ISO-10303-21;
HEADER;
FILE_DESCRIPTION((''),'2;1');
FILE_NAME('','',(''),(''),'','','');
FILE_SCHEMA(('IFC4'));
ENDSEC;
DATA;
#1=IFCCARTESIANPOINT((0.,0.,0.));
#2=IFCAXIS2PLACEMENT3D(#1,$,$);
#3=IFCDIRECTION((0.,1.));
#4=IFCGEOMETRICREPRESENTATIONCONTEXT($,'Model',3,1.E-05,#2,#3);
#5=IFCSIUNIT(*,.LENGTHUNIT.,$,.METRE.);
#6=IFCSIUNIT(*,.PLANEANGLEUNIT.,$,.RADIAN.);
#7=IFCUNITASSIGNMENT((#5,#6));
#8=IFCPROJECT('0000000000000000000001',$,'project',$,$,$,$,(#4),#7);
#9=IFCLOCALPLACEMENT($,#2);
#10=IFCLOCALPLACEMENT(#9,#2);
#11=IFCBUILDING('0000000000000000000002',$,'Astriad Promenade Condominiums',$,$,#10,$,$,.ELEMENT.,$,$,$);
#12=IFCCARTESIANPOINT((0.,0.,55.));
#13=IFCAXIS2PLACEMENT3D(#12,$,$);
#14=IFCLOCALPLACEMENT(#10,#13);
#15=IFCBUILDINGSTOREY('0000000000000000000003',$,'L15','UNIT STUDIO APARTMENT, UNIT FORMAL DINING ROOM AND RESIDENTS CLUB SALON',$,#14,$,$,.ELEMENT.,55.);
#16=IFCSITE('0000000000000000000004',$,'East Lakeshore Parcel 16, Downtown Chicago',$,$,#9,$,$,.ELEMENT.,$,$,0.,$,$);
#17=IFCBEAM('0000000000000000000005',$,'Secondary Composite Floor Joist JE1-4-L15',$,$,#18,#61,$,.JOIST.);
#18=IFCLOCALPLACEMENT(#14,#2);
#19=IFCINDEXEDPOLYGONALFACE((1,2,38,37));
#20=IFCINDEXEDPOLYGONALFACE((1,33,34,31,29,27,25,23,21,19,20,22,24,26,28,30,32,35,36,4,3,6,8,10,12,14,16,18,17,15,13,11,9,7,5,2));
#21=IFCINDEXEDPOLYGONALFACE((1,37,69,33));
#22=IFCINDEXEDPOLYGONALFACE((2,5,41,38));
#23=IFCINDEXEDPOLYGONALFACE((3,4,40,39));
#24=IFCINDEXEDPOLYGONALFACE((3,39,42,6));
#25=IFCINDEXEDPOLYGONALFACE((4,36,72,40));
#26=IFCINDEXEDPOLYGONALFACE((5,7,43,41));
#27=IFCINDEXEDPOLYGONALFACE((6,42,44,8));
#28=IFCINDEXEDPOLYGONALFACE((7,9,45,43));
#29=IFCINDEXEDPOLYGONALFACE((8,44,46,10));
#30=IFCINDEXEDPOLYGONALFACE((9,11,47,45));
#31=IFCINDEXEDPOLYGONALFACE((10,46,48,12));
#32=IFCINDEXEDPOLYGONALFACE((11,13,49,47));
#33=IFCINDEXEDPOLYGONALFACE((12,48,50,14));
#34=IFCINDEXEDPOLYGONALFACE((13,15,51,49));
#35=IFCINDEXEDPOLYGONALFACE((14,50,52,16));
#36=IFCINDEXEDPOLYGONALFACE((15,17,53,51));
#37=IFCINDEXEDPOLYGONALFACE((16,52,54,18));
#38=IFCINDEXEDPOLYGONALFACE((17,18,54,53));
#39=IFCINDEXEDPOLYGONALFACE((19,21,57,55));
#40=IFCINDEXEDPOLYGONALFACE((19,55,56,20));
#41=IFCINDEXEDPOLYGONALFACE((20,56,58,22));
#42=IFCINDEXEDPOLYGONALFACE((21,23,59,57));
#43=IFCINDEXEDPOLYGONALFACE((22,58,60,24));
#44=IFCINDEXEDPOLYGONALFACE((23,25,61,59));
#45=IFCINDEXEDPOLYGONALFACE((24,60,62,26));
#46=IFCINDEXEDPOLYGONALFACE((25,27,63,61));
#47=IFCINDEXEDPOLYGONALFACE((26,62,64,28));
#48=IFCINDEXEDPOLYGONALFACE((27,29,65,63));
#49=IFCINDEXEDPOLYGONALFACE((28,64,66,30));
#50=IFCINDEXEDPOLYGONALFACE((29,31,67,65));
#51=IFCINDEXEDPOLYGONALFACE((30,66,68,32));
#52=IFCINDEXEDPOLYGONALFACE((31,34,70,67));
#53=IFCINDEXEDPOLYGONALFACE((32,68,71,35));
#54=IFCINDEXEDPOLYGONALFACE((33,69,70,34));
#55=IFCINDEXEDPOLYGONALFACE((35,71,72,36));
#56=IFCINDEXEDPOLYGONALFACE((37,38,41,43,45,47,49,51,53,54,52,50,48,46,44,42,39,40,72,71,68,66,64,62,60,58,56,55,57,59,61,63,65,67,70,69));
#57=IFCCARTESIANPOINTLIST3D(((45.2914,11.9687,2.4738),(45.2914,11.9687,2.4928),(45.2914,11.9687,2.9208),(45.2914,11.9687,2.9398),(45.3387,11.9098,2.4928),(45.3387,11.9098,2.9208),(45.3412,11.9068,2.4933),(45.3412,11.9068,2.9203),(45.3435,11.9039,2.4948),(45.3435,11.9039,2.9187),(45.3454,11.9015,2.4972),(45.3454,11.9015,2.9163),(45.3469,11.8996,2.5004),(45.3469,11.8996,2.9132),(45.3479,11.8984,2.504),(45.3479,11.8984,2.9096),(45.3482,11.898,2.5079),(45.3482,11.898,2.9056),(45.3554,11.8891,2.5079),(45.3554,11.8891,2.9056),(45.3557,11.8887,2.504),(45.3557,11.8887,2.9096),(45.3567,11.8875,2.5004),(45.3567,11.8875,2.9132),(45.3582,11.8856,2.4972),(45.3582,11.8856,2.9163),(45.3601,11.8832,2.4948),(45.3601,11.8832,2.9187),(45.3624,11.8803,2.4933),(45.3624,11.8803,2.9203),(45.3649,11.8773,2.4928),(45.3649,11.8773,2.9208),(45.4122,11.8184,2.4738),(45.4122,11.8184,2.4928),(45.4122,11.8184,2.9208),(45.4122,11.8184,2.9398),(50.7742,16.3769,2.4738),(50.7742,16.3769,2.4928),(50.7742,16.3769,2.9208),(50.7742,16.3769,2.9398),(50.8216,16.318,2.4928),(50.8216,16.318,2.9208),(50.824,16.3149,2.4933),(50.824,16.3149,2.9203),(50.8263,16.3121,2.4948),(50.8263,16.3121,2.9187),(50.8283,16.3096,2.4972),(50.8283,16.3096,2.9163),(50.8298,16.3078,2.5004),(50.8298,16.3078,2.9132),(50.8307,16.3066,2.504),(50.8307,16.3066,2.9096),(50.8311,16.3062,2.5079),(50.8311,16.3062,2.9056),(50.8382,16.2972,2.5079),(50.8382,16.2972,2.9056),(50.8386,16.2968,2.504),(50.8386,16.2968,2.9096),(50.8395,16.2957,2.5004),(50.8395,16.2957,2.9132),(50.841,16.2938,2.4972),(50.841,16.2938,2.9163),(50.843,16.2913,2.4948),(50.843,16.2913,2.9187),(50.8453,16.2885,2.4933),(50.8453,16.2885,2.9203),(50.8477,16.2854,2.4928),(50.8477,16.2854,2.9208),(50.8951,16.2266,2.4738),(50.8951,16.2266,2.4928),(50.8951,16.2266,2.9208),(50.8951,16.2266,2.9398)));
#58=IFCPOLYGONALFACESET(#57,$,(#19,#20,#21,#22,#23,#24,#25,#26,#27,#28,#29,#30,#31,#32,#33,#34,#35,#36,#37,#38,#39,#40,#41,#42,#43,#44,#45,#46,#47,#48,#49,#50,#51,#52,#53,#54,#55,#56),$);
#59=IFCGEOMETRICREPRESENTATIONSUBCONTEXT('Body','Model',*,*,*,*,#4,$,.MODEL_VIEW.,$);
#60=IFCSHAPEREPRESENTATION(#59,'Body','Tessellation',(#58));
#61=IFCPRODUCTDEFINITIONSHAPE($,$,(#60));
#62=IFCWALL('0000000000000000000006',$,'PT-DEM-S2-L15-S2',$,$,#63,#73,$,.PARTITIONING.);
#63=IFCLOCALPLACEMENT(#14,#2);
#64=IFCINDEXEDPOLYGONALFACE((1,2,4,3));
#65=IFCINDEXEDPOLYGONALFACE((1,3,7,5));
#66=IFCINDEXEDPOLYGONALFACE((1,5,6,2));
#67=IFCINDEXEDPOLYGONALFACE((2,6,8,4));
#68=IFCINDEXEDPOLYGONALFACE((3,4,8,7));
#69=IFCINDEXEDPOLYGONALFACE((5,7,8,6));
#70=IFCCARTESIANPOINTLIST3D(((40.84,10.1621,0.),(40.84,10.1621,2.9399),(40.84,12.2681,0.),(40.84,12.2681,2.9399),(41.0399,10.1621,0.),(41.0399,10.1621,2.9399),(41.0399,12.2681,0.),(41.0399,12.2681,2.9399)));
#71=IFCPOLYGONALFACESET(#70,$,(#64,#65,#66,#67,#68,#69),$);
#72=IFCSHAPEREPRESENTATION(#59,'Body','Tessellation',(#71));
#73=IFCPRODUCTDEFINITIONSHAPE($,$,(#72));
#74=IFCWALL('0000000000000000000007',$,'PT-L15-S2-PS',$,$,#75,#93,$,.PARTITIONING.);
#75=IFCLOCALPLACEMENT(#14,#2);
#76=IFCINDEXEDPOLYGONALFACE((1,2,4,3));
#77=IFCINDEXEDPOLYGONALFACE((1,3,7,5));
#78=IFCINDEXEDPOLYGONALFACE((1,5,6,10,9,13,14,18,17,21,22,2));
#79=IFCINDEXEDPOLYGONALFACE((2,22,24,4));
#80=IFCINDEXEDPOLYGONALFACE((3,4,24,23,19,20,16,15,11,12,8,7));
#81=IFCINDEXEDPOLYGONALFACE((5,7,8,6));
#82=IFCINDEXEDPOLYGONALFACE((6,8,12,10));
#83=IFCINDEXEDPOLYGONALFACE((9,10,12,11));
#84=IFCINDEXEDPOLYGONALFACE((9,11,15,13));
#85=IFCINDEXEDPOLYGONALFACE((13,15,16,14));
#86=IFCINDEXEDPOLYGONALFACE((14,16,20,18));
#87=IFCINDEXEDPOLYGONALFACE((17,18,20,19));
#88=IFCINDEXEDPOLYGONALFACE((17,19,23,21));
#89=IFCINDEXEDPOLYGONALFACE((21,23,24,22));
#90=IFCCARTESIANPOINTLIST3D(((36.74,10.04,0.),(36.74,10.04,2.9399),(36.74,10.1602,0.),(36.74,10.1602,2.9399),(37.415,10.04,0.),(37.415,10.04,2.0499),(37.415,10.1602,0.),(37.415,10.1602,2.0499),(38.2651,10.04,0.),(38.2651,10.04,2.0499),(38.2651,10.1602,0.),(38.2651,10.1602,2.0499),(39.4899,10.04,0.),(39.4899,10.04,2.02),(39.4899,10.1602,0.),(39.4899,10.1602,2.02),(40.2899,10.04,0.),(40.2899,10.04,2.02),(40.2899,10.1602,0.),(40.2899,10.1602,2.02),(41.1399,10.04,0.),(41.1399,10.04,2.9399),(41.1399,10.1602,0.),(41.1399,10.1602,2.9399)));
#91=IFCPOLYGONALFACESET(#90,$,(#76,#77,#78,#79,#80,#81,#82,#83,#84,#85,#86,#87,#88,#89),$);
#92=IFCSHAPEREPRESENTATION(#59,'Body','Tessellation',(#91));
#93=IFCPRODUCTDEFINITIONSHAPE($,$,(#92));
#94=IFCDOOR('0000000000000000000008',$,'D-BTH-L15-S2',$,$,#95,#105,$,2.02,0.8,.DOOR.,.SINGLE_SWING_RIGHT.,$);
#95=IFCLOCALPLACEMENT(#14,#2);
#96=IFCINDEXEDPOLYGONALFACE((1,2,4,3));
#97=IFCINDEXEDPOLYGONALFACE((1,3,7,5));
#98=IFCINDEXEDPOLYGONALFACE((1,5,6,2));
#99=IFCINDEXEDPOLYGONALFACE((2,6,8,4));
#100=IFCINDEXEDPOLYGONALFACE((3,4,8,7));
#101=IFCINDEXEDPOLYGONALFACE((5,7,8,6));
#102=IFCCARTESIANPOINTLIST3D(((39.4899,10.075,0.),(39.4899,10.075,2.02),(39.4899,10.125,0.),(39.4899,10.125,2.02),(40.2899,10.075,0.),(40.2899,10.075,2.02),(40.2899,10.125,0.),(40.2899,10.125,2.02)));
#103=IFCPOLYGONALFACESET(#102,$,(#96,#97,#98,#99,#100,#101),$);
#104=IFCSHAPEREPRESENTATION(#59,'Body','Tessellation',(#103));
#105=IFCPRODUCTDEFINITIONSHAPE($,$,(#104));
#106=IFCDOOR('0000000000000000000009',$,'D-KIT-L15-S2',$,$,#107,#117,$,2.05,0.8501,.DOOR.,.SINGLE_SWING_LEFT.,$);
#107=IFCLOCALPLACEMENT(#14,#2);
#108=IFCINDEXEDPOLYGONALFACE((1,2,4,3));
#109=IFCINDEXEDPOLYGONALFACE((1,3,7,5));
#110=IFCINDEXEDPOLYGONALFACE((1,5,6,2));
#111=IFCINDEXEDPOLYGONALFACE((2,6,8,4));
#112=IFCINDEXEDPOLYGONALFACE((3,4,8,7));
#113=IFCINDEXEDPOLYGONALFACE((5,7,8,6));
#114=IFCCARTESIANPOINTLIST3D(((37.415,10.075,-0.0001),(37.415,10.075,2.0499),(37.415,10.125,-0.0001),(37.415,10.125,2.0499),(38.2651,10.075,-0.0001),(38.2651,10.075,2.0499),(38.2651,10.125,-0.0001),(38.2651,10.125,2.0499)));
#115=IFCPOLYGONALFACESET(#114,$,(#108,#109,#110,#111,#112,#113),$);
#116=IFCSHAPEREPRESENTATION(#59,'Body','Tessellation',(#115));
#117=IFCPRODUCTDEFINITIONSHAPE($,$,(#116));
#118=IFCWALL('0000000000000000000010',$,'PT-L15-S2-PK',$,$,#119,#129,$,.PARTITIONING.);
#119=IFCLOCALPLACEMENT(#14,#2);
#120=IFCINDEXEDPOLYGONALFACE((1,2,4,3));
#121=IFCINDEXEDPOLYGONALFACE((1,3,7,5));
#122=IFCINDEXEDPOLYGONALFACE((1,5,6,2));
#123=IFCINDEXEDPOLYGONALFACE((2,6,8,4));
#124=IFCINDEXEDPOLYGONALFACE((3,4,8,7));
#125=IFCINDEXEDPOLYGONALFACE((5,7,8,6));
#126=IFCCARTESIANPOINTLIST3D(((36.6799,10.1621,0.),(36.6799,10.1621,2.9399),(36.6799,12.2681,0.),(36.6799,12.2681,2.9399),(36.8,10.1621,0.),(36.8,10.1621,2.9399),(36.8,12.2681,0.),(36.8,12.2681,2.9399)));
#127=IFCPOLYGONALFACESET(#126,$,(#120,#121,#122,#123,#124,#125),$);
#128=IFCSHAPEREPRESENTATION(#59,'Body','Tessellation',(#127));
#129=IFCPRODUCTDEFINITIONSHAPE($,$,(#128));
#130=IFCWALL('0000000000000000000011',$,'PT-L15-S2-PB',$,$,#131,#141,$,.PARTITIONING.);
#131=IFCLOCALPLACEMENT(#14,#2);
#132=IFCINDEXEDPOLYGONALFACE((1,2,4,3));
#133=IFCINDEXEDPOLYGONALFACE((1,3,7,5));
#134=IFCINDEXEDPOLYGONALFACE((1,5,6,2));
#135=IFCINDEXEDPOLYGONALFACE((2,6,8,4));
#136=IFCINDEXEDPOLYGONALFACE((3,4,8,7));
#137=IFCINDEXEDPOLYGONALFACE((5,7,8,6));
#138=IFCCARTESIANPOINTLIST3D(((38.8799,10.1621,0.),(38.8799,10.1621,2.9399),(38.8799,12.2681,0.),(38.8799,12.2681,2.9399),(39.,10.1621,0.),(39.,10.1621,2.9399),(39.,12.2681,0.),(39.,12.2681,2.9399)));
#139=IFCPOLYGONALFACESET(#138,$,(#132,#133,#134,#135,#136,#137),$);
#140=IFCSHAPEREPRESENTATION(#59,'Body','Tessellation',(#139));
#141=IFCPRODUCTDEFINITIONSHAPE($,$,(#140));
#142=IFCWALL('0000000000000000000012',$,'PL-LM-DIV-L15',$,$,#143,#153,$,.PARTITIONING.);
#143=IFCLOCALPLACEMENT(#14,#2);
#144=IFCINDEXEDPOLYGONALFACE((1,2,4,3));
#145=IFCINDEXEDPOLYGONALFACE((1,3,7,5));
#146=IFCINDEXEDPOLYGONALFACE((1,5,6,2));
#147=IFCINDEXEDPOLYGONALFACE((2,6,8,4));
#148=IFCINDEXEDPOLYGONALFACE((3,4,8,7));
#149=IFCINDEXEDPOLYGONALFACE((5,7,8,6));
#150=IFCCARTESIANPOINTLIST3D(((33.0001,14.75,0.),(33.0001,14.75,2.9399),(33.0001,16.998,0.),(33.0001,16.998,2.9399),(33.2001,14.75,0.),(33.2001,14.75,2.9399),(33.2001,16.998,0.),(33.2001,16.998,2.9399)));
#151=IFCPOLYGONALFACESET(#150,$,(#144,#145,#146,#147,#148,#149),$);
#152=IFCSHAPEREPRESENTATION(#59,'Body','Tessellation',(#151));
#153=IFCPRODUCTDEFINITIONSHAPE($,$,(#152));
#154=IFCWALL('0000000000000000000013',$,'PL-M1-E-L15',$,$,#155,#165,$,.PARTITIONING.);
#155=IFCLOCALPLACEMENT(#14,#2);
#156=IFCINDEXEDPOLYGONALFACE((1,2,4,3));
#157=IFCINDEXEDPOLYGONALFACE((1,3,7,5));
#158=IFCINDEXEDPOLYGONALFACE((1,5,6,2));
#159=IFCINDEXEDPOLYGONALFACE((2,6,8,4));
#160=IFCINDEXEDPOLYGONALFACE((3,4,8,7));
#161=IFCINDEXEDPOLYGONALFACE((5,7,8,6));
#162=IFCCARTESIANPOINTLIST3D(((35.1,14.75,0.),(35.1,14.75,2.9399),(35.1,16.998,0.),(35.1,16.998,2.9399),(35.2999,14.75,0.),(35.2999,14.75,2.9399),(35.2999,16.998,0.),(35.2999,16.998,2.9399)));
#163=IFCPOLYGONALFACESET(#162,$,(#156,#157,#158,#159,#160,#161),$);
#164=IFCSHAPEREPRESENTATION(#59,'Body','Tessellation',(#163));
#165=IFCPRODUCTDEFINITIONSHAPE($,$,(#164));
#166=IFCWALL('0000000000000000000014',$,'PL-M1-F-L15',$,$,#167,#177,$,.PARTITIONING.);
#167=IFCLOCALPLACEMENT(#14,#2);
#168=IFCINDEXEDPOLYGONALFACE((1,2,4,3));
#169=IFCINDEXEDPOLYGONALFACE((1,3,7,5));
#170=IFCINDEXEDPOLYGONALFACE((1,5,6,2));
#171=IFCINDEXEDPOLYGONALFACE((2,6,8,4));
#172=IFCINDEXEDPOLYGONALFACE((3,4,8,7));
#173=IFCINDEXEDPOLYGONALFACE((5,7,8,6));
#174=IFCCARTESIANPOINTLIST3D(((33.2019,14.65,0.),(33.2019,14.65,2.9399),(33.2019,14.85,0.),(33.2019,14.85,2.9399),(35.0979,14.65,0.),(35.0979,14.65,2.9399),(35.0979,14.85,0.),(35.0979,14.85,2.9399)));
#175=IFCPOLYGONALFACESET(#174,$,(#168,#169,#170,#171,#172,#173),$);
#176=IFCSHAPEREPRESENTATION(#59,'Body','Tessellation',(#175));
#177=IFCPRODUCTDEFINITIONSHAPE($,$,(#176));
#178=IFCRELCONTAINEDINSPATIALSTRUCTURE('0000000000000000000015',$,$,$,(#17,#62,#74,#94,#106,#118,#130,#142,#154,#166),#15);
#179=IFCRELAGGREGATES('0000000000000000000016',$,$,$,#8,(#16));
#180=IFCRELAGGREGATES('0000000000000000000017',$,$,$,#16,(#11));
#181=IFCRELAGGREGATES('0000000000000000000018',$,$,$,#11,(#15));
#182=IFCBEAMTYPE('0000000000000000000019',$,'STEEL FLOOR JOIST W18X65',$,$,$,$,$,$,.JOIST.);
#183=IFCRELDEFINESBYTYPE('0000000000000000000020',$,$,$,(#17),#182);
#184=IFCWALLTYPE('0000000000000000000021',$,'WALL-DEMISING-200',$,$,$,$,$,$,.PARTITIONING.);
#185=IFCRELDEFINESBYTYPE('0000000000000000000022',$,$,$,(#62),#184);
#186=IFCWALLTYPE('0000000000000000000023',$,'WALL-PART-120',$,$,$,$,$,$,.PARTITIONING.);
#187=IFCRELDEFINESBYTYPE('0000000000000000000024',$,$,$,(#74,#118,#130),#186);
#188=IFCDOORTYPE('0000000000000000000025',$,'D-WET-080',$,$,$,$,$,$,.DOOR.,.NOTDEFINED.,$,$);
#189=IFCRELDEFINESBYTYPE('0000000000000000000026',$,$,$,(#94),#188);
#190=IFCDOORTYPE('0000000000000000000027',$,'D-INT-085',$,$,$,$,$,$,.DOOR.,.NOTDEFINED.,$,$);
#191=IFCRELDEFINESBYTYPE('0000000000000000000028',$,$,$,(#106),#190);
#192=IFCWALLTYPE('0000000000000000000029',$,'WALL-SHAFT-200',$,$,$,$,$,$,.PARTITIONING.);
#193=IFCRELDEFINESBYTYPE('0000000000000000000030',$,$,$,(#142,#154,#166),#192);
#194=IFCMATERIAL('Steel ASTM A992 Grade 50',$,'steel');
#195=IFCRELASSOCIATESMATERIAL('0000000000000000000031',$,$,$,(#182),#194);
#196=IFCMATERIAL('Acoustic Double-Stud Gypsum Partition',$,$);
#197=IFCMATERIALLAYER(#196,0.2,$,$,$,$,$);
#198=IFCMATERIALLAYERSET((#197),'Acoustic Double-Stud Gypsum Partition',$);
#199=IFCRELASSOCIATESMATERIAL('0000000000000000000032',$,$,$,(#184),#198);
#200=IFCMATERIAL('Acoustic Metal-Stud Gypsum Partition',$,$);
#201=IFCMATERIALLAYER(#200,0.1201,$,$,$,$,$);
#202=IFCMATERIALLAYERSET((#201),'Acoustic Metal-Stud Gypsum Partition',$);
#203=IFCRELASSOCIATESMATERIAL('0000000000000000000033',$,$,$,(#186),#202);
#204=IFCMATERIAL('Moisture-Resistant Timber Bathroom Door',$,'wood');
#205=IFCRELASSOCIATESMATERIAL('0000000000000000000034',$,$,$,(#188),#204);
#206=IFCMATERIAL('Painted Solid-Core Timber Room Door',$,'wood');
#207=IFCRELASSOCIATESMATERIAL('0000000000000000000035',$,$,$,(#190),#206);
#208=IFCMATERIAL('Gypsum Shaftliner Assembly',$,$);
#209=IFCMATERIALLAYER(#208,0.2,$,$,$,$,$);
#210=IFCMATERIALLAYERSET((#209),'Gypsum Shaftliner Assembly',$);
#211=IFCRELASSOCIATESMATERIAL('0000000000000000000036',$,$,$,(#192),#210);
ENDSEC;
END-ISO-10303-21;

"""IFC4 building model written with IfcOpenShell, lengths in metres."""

from ifc_helpers import new_model, si_unit, direction, frame, frame_2d, origin, origin_2d, place, context, subcontext, project, spatial, rectangle, i_section, extrude, source, transform, mapped, material, layer, layer_set, material_profile, profile_set, type_object, type_shapes, element, fill, save


model = new_model("IFC4")

# Units and contexts
model_context = context("Model", 3, precision=1e-05, world=origin(), true_north=direction((0.0, 1.0)))
body_context = subcontext(model_context, "Body", "Model", "MODEL_VIEW")
ifc_project = project(units=[si_unit("LENGTHUNIT", "METRE"), si_unit("PLANEANGLEUNIT", "RADIAN")], contexts=[model_context])

# Site, building, storey
site_placement = place(None, origin())
site = spatial("IfcSite", under=ifc_project, at=site_placement, Name="East Lakeshore Parcel 16, Downtown Chicago", CompositionType="ELEMENT", RefElevation=0.0)
building_placement = place(site_placement, origin())
building = spatial("IfcBuilding", under=site, at=building_placement, Name="Astriad Promenade Condominiums", CompositionType="ELEMENT")
storey_placement = place(building_placement, frame((0.0, 0.0, 55.0)))
storey = spatial("IfcBuildingStorey", under=building, at=storey_placement, Name="L15", Description="UNIT STUDIO APARTMENT, UNIT FORMAL DINING ROOM AND RESIDENTS CLUB SALON", CompositionType="ELEMENT", Elevation=55.0)

# Shared definitions
ifc_material_1 = material(Name="Steel ASTM A992 Grade 50", Category="steel")

# Beam
ifc_material_profile_1 = material_profile(ifc_material_1, i_section(OverallWidth=0.1929, OverallDepth=0.4661, WebThickness=0.0115, FlangeThickness=0.019, FilletRadius=0.0151, at=origin_2d()), Name="W18X65")
ifc_profile_set_1 = profile_set([ifc_material_profile_1], Name="Steel ASTM A992 Grade 50")
beam_type_1 = type_object("IfcBeamType", Name="STEEL FLOOR JOIST W18X65", PredefinedType="JOIST", material=ifc_profile_set_1)
shared_shape_1 = source(origin(), body_context, "Body", "SweptSolid", [
    extrude(i_section(OverallWidth=0.1929, OverallDepth=0.4661, WebThickness=0.0115, FlangeThickness=0.019, FilletRadius=0.0151, at=origin_2d()), origin(), (0.0, 0.0, 1.0), 7.0352),
])
beam_1_placement = place(storey_placement, frame((45.3518, 11.8936, 2.7068), z_axis=(0.77935, 0.626589, 0.0), x_axis=(-0.626589, 0.77935, 0.0)))
element("IfcBeam", 1, at=beam_1_placement, inside=storey, type_object=beam_type_1, Name="Secondary Composite Floor Joist JE1-4-L15", PredefinedType="JOIST", context=body_context, shape_type="MappedRepresentation", body=[
    mapped(shared_shape_1, transform((0.0, 0.0, 0.0), scale=1.0)),
])

# Wall
ifc_material_2 = material(Name="Acoustic Double-Stud Gypsum Partition")
ifc_layer_1 = layer(ifc_material_2, 0.2)
ifc_layer_set_1 = layer_set([ifc_layer_1], Name="Acoustic Double-Stud Gypsum Partition")
wall_type_1 = type_object("IfcWallType", Name="WALL-DEMISING-200", PredefinedType="PARTITIONING", material=ifc_layer_set_1)
wall_1_placement = place(storey_placement, frame((40.9399, 10.1621, 0.0), z_axis=(0.0, 0.0, 1.0), x_axis=(0.0, 1.0, 0.0)))
element("IfcWall", 2, at=wall_1_placement, inside=storey, type_object=wall_type_1, Name="PT-DEM-S2-L15-S2", PredefinedType="PARTITIONING", context=body_context, shape_type="SweptSolid", body=[
    extrude(rectangle(XDim=2.106, YDim=0.2, at=frame_2d((1.053, 0.0))), origin(), (0.0, 0.0, 1.0), 2.9399),
])

# Wall, openings, doors
ifc_material_3 = material(Name="Acoustic Metal-Stud Gypsum Partition")
ifc_layer_2 = layer(ifc_material_3, 0.1201)
ifc_layer_set_2 = layer_set([ifc_layer_2], Name="Acoustic Metal-Stud Gypsum Partition")
wall_type_2 = type_object("IfcWallType", Name="WALL-PART-120", PredefinedType="PARTITIONING", material=ifc_layer_set_2)
wall_2_placement = place(storey_placement, frame((36.74, 10.1001, 0.0), z_axis=(0.0, 0.0, 1.0), x_axis=(1.0, 0.0, 0.0)))
wall_2 = element("IfcWall", 3, at=wall_2_placement, inside=storey, type_object=wall_type_2, Name="PT-L15-S2-PS", PredefinedType="PARTITIONING", context=body_context, shape_type="SweptSolid", body=[
    extrude(rectangle(XDim=4.3999, YDim=0.1201, at=frame_2d((2.2, 0.0))), origin(), (0.0, 0.0, 1.0), 2.9399),
])
opening_1_placement = place(wall_2_placement, frame((0.675, 0.0, 0.0)))
opening_1 = element("IfcOpeningElement", 4, at=opening_1_placement, cuts=wall_2, PredefinedType="OPENING", context=body_context, shape_type="SweptSolid", body=[
    extrude(rectangle(XDim=0.8501, YDim=2.05, at=frame_2d((0.425, 1.0249))), frame((0.0, 0.0701, 0.0), z_axis=(0.0, -1.0, 0.0), x_axis=(1.0, 0.0, 0.0)), (0.0, 0.0, 1.0), 0.1401),
])
opening_2_placement = place(wall_2_placement, frame((2.75, 0.0, 0.0)))
opening_2 = element("IfcOpeningElement", 5, at=opening_2_placement, cuts=wall_2, PredefinedType="OPENING", context=body_context, shape_type="SweptSolid", body=[
    extrude(rectangle(XDim=0.8, YDim=2.02, at=frame_2d((0.3999, 1.01))), frame((0.0, 0.0701, 0.0), z_axis=(0.0, -1.0, 0.0), x_axis=(1.0, 0.0, 0.0)), (0.0, 0.0, 1.0), 0.1401),
])
ifc_material_4 = material(Name="Moisture-Resistant Timber Bathroom Door", Category="wood")
door_type_1 = type_object("IfcDoorType", Name="D-WET-080", OperationType="NOTDEFINED", PredefinedType="DOOR", material=ifc_material_4)
shared_shape_2 = source(origin(), body_context, "Body", "SweptSolid", [
    extrude(rectangle(XDim=0.8, YDim=2.02, at=frame_2d((0.3999, 1.01))), frame((0.0, 0.0249, 0.0), z_axis=(0.0, -1.0, 0.0), x_axis=(1.0, 0.0, 0.0)), (0.0, 0.0, 1.0), 0.05),
])
type_shapes(door_type_1, [shared_shape_2])
door_1_placement = place(opening_2_placement, origin())
door_1 = element("IfcDoor", 6, at=door_1_placement, inside=storey, type_object=door_type_1, Name="D-BTH-L15-S2", OperationType="SINGLE_SWING_RIGHT", OverallHeight=2.02, OverallWidth=0.8, PredefinedType="DOOR", context=body_context, shape_type="MappedRepresentation", body=[
    mapped(shared_shape_2, transform((0.0, 0.0, 0.0), scale=1.0)),
])
fill(opening_2, door_1)
ifc_material_5 = material(Name="Painted Solid-Core Timber Room Door", Category="wood")
door_type_2 = type_object("IfcDoorType", Name="D-INT-085", OperationType="NOTDEFINED", PredefinedType="DOOR", material=ifc_material_5)
shared_shape_3 = source(origin(), body_context, "Body", "SweptSolid", [
    extrude(rectangle(XDim=0.8501, YDim=2.05, at=frame_2d((0.425, 1.0249))), frame((0.0, 0.0249, 0.0), z_axis=(0.0, -1.0, 0.0), x_axis=(1.0, 0.0, 0.0)), (0.0, 0.0, 1.0), 0.05),
])
type_shapes(door_type_2, [shared_shape_3])
door_2_placement = place(opening_1_placement, origin())
door_2 = element("IfcDoor", 7, at=door_2_placement, inside=storey, type_object=door_type_2, Name="D-KIT-L15-S2", OperationType="SINGLE_SWING_LEFT", OverallHeight=2.05, OverallWidth=0.8501, PredefinedType="DOOR", context=body_context, shape_type="MappedRepresentation", body=[
    mapped(shared_shape_3, transform((0.0, 0.0, 0.0), scale=1.0)),
])
fill(opening_1, door_2)

# Walls
for number, where, z_axis, x_axis, name in (
    (8, (36.74, 10.1621, 0.0), (0.0, 0.0, 1.0), (0.0, 1.0, 0.0), "PT-L15-S2-PK"),
    (9, (38.9399, 10.1621, 0.0), (0.0, 0.0, 1.0), (0.0, 1.0, 0.0), "PT-L15-S2-PB"),
):
    element("IfcWall", number, at=place(storey_placement, frame(where, z_axis=z_axis, x_axis=x_axis)), inside=storey, type_object=wall_type_2, Name=name, PredefinedType="PARTITIONING", context=body_context, shape_type="SweptSolid", body=[
        extrude(rectangle(XDim=2.106, YDim=0.1201, at=frame_2d((1.053, 0.0))), origin(), (0.0, 0.0, 1.0), 2.9399),
    ])
ifc_material_6 = material(Name="Gypsum Shaftliner Assembly")
ifc_layer_3 = layer(ifc_material_6, 0.2)
ifc_layer_set_3 = layer_set([ifc_layer_3], Name="Gypsum Shaftliner Assembly")
wall_type_3 = type_object("IfcWallType", Name="WALL-SHAFT-200", PredefinedType="PARTITIONING", material=ifc_layer_set_3)
for number, where, z_axis, x_axis, name in (
    (10, (33.1001, 14.75, 0.0), (0.0, 0.0, 1.0), (0.0, 1.0, 0.0), "PL-LM-DIV-L15"),
    (11, (35.2, 14.75, 0.0), (0.0, 0.0, 1.0), (0.0, 1.0, 0.0), "PL-M1-E-L15"),
):
    element("IfcWall", number, at=place(storey_placement, frame(where, z_axis=z_axis, x_axis=x_axis)), inside=storey, type_object=wall_type_3, Name=name, PredefinedType="PARTITIONING", context=body_context, shape_type="SweptSolid", body=[
        extrude(rectangle(XDim=2.248, YDim=0.2, at=frame_2d((1.124, 0.0))), origin(), (0.0, 0.0, 1.0), 2.9399),
    ])
wall_3_placement = place(storey_placement, frame((33.2019, 14.75, 0.0), z_axis=(0.0, 0.0, 1.0), x_axis=(1.0, 0.0, 0.0)))
element("IfcWall", 12, at=wall_3_placement, inside=storey, type_object=wall_type_3, Name="PL-M1-F-L15", PredefinedType="PARTITIONING", context=body_context, shape_type="SweptSolid", body=[
    extrude(rectangle(XDim=1.896, YDim=0.2, at=frame_2d((0.948, 0.0))), origin(), (0.0, 0.0, 1.0), 2.9399),
])

save(model, "model.ifc")
